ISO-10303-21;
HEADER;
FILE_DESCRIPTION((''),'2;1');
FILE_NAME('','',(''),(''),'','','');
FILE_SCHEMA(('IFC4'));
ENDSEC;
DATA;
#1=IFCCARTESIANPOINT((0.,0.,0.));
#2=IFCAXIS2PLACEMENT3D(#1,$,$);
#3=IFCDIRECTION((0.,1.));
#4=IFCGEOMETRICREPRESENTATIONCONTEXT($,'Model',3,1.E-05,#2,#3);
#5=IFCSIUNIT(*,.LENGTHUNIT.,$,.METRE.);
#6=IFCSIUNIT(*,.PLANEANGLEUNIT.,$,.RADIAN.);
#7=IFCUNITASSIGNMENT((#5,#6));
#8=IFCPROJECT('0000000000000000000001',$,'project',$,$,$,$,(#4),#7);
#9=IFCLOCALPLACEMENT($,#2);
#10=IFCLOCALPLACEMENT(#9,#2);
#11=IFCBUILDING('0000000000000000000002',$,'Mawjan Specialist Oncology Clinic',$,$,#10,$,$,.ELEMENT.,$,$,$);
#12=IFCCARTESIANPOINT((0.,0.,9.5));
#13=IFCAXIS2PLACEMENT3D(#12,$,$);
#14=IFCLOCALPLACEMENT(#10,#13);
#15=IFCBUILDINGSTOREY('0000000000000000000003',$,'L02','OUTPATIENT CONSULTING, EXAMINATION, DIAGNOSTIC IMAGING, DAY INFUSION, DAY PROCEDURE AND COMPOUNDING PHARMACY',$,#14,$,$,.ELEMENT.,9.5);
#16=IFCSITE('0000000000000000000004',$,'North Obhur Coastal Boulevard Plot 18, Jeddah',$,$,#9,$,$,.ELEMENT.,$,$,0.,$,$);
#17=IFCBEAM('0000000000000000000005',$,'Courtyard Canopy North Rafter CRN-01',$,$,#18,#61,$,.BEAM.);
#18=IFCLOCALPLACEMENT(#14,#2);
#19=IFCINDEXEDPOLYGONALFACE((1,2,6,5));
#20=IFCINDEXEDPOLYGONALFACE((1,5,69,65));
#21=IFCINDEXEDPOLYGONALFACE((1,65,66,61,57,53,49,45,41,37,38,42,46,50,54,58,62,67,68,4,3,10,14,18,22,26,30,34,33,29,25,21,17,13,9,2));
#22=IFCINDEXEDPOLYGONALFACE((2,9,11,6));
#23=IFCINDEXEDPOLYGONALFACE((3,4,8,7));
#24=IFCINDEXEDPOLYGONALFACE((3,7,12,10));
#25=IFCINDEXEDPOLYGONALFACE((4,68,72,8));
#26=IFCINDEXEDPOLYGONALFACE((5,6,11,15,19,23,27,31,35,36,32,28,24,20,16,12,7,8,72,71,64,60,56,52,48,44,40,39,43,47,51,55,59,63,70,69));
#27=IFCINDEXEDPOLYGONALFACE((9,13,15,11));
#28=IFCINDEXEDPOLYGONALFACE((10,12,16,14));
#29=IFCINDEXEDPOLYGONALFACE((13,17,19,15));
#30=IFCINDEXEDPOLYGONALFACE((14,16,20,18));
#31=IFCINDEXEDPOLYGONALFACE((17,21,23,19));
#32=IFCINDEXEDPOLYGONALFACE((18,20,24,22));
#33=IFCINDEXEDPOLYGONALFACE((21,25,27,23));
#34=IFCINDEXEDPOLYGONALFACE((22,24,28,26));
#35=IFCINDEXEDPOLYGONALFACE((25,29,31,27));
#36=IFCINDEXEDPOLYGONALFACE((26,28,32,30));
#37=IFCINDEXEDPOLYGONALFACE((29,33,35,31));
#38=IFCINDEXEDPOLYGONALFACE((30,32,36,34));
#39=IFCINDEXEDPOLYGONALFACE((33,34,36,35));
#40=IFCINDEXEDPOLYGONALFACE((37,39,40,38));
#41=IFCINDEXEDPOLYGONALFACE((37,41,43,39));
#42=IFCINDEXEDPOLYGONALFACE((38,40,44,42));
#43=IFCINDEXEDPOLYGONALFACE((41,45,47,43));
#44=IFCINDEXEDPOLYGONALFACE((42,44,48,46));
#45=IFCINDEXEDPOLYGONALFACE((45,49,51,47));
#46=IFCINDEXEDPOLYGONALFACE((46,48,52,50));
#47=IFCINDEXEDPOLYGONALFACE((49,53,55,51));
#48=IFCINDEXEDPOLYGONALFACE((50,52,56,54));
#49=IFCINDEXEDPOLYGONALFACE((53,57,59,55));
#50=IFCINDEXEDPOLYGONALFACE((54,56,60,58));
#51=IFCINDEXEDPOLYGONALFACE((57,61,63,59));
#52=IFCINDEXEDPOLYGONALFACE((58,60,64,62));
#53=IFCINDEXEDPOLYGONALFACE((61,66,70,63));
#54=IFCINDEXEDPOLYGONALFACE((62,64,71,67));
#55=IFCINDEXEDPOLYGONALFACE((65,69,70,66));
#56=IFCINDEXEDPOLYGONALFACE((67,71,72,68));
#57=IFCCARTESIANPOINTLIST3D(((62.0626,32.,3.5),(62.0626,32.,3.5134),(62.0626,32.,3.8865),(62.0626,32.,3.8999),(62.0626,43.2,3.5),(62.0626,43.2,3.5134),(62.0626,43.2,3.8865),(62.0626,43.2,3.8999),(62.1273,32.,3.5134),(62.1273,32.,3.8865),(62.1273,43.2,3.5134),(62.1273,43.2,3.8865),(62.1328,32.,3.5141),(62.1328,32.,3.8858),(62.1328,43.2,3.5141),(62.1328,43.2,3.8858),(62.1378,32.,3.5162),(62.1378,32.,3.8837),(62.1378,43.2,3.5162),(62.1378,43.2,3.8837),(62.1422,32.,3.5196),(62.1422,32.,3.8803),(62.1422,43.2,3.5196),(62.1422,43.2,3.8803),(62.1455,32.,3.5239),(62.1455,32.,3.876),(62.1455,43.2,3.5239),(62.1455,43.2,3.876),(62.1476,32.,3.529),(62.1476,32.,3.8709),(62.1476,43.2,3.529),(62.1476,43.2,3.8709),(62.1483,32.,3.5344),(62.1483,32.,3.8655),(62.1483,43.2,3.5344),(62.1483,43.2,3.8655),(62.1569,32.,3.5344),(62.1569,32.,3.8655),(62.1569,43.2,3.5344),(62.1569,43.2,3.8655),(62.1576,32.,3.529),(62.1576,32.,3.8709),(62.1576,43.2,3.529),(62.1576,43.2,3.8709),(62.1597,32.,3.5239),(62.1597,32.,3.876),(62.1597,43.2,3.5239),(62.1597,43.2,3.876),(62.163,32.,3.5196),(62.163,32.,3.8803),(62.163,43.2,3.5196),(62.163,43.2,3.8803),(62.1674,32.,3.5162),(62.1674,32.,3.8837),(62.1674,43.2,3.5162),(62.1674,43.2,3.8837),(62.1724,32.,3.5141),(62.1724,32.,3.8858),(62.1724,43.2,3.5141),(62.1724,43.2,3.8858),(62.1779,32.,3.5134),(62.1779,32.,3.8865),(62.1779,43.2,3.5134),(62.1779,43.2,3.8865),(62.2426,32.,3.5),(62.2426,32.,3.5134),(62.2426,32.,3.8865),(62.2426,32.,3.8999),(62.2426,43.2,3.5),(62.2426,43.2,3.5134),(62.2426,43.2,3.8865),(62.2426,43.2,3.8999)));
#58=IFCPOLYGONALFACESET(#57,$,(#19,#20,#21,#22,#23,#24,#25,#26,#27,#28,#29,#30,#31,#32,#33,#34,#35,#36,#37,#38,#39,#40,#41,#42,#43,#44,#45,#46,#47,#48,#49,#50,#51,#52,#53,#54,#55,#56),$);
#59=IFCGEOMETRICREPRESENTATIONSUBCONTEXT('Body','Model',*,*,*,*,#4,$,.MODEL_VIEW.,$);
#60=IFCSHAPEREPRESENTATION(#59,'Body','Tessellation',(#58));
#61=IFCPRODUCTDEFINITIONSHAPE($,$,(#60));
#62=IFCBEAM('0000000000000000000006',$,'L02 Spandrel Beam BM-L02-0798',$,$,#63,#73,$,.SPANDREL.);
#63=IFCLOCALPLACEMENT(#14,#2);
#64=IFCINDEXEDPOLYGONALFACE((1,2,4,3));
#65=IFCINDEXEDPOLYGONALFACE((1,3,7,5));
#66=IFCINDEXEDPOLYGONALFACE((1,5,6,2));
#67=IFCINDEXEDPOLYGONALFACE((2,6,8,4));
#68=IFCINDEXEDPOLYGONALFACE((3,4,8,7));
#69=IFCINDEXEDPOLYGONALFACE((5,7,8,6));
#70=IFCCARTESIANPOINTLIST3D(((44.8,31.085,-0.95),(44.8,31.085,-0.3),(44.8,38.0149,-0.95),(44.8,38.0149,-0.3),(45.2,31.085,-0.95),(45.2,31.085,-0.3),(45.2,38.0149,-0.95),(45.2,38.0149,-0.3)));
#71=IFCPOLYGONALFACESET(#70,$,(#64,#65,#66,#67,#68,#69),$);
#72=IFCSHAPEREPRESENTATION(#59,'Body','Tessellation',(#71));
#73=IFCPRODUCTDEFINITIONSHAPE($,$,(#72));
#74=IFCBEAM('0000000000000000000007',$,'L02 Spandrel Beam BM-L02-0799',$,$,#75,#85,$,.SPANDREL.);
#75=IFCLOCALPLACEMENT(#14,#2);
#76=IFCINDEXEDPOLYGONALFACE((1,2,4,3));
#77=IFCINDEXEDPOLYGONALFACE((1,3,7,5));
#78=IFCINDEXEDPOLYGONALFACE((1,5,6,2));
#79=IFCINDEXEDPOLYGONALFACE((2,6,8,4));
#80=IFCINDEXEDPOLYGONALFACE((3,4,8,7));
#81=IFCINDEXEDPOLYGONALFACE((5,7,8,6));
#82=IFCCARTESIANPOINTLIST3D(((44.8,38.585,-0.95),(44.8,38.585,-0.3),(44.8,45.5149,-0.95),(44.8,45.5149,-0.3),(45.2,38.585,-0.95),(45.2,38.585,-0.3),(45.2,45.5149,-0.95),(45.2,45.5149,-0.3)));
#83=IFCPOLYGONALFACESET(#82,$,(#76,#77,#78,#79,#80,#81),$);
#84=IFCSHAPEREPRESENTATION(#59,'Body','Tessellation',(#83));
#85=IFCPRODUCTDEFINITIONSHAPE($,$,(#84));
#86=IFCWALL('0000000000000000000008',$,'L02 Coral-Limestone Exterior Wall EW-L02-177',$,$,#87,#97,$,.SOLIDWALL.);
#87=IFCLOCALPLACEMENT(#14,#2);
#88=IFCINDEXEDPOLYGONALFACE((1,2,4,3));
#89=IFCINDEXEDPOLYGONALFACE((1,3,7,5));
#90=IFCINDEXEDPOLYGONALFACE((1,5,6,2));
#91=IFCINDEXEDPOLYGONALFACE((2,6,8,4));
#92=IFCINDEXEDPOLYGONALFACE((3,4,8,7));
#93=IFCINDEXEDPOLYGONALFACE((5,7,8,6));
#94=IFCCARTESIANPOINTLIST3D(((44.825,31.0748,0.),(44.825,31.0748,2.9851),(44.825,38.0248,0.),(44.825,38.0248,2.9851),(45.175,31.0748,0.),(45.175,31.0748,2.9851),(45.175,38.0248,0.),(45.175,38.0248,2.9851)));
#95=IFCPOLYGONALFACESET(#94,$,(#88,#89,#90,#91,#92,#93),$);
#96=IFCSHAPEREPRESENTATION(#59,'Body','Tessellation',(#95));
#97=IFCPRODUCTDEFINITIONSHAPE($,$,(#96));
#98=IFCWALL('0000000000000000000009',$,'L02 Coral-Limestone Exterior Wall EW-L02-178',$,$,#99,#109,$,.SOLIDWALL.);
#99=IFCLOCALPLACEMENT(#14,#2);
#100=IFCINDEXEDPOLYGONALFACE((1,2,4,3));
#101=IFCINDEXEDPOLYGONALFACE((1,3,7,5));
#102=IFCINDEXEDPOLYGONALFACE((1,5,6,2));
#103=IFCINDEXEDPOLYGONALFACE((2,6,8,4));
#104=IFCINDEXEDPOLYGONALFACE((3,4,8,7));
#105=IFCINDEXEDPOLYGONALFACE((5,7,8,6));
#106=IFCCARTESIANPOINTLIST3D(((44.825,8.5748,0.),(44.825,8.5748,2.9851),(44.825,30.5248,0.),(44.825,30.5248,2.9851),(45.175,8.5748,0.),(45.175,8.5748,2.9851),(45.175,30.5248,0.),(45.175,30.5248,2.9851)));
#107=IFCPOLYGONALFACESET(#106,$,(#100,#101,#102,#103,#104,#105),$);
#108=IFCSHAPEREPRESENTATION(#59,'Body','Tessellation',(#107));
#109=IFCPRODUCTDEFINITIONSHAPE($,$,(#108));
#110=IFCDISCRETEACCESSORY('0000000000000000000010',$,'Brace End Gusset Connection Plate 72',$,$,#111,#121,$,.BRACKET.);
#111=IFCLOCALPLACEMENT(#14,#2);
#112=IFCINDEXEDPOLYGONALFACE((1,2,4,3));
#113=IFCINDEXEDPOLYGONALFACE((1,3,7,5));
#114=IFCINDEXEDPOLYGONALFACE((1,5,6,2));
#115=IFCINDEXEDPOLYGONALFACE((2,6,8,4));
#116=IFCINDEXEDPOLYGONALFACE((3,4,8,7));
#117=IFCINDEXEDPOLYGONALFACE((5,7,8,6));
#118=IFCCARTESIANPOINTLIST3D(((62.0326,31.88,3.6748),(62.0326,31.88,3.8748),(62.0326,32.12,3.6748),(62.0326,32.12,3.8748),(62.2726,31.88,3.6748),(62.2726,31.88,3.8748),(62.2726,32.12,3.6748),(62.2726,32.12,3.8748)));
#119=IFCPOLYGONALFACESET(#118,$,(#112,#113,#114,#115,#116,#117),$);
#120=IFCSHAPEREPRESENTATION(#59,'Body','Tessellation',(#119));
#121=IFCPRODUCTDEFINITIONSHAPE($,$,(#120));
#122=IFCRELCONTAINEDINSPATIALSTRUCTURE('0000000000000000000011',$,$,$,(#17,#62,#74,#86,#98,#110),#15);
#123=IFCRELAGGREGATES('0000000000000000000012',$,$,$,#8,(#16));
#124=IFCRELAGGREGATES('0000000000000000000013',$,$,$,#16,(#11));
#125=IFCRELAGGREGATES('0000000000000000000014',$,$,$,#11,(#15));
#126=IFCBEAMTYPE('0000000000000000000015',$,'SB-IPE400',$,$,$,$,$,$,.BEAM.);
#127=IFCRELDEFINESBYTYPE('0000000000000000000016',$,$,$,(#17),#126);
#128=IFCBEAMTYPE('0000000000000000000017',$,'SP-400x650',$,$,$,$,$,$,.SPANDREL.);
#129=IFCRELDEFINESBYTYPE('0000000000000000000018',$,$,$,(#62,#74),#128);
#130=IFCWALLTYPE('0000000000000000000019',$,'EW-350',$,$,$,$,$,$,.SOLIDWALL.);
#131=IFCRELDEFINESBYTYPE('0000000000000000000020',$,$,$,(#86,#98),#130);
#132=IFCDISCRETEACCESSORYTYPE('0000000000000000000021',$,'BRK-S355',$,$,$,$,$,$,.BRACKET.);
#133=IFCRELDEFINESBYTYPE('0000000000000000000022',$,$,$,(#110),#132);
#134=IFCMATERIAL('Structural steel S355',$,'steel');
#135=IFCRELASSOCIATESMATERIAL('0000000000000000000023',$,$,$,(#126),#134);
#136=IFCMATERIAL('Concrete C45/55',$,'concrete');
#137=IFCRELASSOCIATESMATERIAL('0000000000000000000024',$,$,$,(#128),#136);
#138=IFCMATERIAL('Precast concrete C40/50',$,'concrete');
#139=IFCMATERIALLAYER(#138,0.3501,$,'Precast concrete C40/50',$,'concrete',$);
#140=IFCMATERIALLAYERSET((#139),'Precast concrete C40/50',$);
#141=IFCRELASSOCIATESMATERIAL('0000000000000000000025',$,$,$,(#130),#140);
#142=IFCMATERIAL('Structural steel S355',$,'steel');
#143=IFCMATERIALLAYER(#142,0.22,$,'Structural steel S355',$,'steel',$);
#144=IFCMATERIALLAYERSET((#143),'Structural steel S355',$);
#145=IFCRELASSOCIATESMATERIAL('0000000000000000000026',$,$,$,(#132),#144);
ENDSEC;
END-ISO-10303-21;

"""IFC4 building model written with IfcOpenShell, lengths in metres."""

from ifc_helpers import new_model, si_unit, direction, frame, frame_2d, origin, origin_2d, place, context, subcontext, project, spatial, rectangle, i_section, extrude, material, layer, layer_set, material_profile, profile_set, type_object, element, save


model = new_model("IFC4")

# Units and contexts
model_context = context("Model", 3, precision=1e-05, world=origin(), true_north=direction((0.0, 1.0)))
body_context = subcontext(model_context, "Body", "Model", "MODEL_VIEW")
ifc_project = project(units=[si_unit("LENGTHUNIT", "METRE"), si_unit("PLANEANGLEUNIT", "RADIAN")], contexts=[model_context])

# Site, building, storey
site_placement = place(None, origin())
site = spatial("IfcSite", under=ifc_project, at=site_placement, Name="North Obhur Coastal Boulevard Plot 18, Jeddah", CompositionType="ELEMENT", RefElevation=0.0)
building_placement = place(site_placement, origin())
building = spatial("IfcBuilding", under=site, at=building_placement, Name="Mawjan Specialist Oncology Clinic", CompositionType="ELEMENT")
storey_placement = place(building_placement, frame((0.0, 0.0, 9.5)))
storey = spatial("IfcBuildingStorey", under=building, at=storey_placement, Name="L02", Description="OUTPATIENT CONSULTING, EXAMINATION, DIAGNOSTIC IMAGING, DAY INFUSION, DAY PROCEDURE AND COMPOUNDING PHARMACY", CompositionType="ELEMENT", Elevation=9.5)

# Beams
ifc_material_1 = material(Name="Structural steel S355", Category="steel")
ifc_material_profile_1 = material_profile(ifc_material_1, i_section(OverallWidth=0.1799, OverallDepth=0.3999, WebThickness=0.0085, FlangeThickness=0.0134, FilletRadius=0.021, at=origin_2d()), Name="IPE 400", Category="steel")
ifc_profile_set_1 = profile_set([ifc_material_profile_1], Name="Structural steel S355")
beam_type_1 = type_object("IfcBeamType", Name="SB-IPE400", PredefinedType="BEAM", material=ifc_profile_set_1)
beam_1_placement = place(storey_placement, frame((62.1526, 32.0, 3.7), z_axis=(0.0, 1.0, 0.0), x_axis=(-1.0, 0.0, 0.0)))
element("IfcBeam", 1, at=beam_1_placement, inside=storey, type_object=beam_type_1, Name="Courtyard Canopy North Rafter CRN-01", PredefinedType="BEAM", context=body_context, shape_type="SweptSolid", body=[
    extrude(i_section(OverallWidth=0.1799, OverallDepth=0.3999, WebThickness=0.0085, FlangeThickness=0.0134, FilletRadius=0.021, at=origin_2d()), origin(), (0.0, 0.0, 1.0), 11.2),
])
ifc_material_2 = material(Name="Concrete C45/55", Category="concrete")
ifc_material_profile_2 = material_profile(ifc_material_2, rectangle(XDim=0.3999, YDim=0.6499, at=origin_2d()), Name="RC BM 400x650", Category="concrete")
ifc_profile_set_2 = profile_set([ifc_material_profile_2], Name="Concrete C45/55")
beam_type_2 = type_object("IfcBeamType", Name="SP-400x650", PredefinedType="SPANDREL", material=ifc_profile_set_2)
for number, where, z_axis, x_axis, name in (
    (2, (45.0, 31.085, -0.625), (0.0, 1.0, 0.0), (-1.0, 0.0, 0.0), "L02 Spandrel Beam BM-L02-0798"),
    (3, (45.0, 38.585, -0.625), (0.0, 1.0, 0.0), (-1.0, 0.0, 0.0), "L02 Spandrel Beam BM-L02-0799"),
):
    element("IfcBeam", number, at=place(storey_placement, frame(where, z_axis=z_axis, x_axis=x_axis)), inside=storey, type_object=beam_type_2, Name=name, PredefinedType="SPANDREL", context=body_context, shape_type="SweptSolid", body=[
        extrude(rectangle(XDim=0.3999, YDim=0.6499, at=origin_2d()), origin(), (0.0, 0.0, 1.0), 6.9299),
    ])

# Walls
ifc_material_3 = material(Name="Precast concrete C40/50", Category="concrete")
ifc_layer_1 = layer(ifc_material_3, 0.3501, Name="Precast concrete C40/50", Category="concrete")
ifc_layer_set_1 = layer_set([ifc_layer_1], Name="Precast concrete C40/50")
wall_type = type_object("IfcWallType", Name="EW-350", PredefinedType="SOLIDWALL", material=ifc_layer_set_1)
wall_1_placement = place(storey_placement, frame((45.0, 38.0249, 0.0), z_axis=(0.0, 0.0, 1.0), x_axis=(0.0, -1.0, 0.0)))
element("IfcWall", 4, at=wall_1_placement, inside=storey, type_object=wall_type, Name="L02 Coral-Limestone Exterior Wall EW-L02-177", PredefinedType="SOLIDWALL", context=body_context, shape_type="SweptSolid", body=[
    extrude(rectangle(XDim=6.95, YDim=0.3501, at=frame_2d((3.4751, 0.0))), origin(), (0.0, 0.0, 1.0), 2.9851),
])
wall_2_placement = place(storey_placement, frame((45.0, 30.5249, 0.0), z_axis=(0.0, 0.0, 1.0), x_axis=(0.0, -1.0, 0.0)))
element("IfcWall", 5, at=wall_2_placement, inside=storey, type_object=wall_type, Name="L02 Coral-Limestone Exterior Wall EW-L02-178", PredefinedType="SOLIDWALL", context=body_context, shape_type="SweptSolid", body=[
    extrude(rectangle(XDim=21.95, YDim=0.3501, at=frame_2d((10.9751, 0.0))), origin(), (0.0, 0.0, 1.0), 2.9851),
])

# Discrete accessory
ifc_material_4 = material(Name="Structural steel S355", Category="steel")
ifc_layer_2 = layer(ifc_material_4, 0.22, Name="Structural steel S355", Category="steel")
ifc_layer_set_2 = layer_set([ifc_layer_2], Name="Structural steel S355")
discrete_accessory_type = type_object("IfcDiscreteAccessoryType", Name="BRK-S355", PredefinedType="BRACKET", material=ifc_layer_set_2)
discrete_accessory_placement = place(storey_placement, frame((62.1526, 32.0, 3.6748), z_axis=(0.0, 0.0, 1.0), x_axis=(1.0, 0.0, 0.0)))
element("IfcDiscreteAccessory", 6, at=discrete_accessory_placement, inside=storey, type_object=discrete_accessory_type, Name="Brace End Gusset Connection Plate 72", PredefinedType="BRACKET", context=body_context, shape_type="SweptSolid", body=[
    extrude(rectangle(XDim=0.24, YDim=0.24, at=origin_2d()), origin(), (0.0, 0.0, 1.0), 0.2),
])

save(model, "model.ifc")
